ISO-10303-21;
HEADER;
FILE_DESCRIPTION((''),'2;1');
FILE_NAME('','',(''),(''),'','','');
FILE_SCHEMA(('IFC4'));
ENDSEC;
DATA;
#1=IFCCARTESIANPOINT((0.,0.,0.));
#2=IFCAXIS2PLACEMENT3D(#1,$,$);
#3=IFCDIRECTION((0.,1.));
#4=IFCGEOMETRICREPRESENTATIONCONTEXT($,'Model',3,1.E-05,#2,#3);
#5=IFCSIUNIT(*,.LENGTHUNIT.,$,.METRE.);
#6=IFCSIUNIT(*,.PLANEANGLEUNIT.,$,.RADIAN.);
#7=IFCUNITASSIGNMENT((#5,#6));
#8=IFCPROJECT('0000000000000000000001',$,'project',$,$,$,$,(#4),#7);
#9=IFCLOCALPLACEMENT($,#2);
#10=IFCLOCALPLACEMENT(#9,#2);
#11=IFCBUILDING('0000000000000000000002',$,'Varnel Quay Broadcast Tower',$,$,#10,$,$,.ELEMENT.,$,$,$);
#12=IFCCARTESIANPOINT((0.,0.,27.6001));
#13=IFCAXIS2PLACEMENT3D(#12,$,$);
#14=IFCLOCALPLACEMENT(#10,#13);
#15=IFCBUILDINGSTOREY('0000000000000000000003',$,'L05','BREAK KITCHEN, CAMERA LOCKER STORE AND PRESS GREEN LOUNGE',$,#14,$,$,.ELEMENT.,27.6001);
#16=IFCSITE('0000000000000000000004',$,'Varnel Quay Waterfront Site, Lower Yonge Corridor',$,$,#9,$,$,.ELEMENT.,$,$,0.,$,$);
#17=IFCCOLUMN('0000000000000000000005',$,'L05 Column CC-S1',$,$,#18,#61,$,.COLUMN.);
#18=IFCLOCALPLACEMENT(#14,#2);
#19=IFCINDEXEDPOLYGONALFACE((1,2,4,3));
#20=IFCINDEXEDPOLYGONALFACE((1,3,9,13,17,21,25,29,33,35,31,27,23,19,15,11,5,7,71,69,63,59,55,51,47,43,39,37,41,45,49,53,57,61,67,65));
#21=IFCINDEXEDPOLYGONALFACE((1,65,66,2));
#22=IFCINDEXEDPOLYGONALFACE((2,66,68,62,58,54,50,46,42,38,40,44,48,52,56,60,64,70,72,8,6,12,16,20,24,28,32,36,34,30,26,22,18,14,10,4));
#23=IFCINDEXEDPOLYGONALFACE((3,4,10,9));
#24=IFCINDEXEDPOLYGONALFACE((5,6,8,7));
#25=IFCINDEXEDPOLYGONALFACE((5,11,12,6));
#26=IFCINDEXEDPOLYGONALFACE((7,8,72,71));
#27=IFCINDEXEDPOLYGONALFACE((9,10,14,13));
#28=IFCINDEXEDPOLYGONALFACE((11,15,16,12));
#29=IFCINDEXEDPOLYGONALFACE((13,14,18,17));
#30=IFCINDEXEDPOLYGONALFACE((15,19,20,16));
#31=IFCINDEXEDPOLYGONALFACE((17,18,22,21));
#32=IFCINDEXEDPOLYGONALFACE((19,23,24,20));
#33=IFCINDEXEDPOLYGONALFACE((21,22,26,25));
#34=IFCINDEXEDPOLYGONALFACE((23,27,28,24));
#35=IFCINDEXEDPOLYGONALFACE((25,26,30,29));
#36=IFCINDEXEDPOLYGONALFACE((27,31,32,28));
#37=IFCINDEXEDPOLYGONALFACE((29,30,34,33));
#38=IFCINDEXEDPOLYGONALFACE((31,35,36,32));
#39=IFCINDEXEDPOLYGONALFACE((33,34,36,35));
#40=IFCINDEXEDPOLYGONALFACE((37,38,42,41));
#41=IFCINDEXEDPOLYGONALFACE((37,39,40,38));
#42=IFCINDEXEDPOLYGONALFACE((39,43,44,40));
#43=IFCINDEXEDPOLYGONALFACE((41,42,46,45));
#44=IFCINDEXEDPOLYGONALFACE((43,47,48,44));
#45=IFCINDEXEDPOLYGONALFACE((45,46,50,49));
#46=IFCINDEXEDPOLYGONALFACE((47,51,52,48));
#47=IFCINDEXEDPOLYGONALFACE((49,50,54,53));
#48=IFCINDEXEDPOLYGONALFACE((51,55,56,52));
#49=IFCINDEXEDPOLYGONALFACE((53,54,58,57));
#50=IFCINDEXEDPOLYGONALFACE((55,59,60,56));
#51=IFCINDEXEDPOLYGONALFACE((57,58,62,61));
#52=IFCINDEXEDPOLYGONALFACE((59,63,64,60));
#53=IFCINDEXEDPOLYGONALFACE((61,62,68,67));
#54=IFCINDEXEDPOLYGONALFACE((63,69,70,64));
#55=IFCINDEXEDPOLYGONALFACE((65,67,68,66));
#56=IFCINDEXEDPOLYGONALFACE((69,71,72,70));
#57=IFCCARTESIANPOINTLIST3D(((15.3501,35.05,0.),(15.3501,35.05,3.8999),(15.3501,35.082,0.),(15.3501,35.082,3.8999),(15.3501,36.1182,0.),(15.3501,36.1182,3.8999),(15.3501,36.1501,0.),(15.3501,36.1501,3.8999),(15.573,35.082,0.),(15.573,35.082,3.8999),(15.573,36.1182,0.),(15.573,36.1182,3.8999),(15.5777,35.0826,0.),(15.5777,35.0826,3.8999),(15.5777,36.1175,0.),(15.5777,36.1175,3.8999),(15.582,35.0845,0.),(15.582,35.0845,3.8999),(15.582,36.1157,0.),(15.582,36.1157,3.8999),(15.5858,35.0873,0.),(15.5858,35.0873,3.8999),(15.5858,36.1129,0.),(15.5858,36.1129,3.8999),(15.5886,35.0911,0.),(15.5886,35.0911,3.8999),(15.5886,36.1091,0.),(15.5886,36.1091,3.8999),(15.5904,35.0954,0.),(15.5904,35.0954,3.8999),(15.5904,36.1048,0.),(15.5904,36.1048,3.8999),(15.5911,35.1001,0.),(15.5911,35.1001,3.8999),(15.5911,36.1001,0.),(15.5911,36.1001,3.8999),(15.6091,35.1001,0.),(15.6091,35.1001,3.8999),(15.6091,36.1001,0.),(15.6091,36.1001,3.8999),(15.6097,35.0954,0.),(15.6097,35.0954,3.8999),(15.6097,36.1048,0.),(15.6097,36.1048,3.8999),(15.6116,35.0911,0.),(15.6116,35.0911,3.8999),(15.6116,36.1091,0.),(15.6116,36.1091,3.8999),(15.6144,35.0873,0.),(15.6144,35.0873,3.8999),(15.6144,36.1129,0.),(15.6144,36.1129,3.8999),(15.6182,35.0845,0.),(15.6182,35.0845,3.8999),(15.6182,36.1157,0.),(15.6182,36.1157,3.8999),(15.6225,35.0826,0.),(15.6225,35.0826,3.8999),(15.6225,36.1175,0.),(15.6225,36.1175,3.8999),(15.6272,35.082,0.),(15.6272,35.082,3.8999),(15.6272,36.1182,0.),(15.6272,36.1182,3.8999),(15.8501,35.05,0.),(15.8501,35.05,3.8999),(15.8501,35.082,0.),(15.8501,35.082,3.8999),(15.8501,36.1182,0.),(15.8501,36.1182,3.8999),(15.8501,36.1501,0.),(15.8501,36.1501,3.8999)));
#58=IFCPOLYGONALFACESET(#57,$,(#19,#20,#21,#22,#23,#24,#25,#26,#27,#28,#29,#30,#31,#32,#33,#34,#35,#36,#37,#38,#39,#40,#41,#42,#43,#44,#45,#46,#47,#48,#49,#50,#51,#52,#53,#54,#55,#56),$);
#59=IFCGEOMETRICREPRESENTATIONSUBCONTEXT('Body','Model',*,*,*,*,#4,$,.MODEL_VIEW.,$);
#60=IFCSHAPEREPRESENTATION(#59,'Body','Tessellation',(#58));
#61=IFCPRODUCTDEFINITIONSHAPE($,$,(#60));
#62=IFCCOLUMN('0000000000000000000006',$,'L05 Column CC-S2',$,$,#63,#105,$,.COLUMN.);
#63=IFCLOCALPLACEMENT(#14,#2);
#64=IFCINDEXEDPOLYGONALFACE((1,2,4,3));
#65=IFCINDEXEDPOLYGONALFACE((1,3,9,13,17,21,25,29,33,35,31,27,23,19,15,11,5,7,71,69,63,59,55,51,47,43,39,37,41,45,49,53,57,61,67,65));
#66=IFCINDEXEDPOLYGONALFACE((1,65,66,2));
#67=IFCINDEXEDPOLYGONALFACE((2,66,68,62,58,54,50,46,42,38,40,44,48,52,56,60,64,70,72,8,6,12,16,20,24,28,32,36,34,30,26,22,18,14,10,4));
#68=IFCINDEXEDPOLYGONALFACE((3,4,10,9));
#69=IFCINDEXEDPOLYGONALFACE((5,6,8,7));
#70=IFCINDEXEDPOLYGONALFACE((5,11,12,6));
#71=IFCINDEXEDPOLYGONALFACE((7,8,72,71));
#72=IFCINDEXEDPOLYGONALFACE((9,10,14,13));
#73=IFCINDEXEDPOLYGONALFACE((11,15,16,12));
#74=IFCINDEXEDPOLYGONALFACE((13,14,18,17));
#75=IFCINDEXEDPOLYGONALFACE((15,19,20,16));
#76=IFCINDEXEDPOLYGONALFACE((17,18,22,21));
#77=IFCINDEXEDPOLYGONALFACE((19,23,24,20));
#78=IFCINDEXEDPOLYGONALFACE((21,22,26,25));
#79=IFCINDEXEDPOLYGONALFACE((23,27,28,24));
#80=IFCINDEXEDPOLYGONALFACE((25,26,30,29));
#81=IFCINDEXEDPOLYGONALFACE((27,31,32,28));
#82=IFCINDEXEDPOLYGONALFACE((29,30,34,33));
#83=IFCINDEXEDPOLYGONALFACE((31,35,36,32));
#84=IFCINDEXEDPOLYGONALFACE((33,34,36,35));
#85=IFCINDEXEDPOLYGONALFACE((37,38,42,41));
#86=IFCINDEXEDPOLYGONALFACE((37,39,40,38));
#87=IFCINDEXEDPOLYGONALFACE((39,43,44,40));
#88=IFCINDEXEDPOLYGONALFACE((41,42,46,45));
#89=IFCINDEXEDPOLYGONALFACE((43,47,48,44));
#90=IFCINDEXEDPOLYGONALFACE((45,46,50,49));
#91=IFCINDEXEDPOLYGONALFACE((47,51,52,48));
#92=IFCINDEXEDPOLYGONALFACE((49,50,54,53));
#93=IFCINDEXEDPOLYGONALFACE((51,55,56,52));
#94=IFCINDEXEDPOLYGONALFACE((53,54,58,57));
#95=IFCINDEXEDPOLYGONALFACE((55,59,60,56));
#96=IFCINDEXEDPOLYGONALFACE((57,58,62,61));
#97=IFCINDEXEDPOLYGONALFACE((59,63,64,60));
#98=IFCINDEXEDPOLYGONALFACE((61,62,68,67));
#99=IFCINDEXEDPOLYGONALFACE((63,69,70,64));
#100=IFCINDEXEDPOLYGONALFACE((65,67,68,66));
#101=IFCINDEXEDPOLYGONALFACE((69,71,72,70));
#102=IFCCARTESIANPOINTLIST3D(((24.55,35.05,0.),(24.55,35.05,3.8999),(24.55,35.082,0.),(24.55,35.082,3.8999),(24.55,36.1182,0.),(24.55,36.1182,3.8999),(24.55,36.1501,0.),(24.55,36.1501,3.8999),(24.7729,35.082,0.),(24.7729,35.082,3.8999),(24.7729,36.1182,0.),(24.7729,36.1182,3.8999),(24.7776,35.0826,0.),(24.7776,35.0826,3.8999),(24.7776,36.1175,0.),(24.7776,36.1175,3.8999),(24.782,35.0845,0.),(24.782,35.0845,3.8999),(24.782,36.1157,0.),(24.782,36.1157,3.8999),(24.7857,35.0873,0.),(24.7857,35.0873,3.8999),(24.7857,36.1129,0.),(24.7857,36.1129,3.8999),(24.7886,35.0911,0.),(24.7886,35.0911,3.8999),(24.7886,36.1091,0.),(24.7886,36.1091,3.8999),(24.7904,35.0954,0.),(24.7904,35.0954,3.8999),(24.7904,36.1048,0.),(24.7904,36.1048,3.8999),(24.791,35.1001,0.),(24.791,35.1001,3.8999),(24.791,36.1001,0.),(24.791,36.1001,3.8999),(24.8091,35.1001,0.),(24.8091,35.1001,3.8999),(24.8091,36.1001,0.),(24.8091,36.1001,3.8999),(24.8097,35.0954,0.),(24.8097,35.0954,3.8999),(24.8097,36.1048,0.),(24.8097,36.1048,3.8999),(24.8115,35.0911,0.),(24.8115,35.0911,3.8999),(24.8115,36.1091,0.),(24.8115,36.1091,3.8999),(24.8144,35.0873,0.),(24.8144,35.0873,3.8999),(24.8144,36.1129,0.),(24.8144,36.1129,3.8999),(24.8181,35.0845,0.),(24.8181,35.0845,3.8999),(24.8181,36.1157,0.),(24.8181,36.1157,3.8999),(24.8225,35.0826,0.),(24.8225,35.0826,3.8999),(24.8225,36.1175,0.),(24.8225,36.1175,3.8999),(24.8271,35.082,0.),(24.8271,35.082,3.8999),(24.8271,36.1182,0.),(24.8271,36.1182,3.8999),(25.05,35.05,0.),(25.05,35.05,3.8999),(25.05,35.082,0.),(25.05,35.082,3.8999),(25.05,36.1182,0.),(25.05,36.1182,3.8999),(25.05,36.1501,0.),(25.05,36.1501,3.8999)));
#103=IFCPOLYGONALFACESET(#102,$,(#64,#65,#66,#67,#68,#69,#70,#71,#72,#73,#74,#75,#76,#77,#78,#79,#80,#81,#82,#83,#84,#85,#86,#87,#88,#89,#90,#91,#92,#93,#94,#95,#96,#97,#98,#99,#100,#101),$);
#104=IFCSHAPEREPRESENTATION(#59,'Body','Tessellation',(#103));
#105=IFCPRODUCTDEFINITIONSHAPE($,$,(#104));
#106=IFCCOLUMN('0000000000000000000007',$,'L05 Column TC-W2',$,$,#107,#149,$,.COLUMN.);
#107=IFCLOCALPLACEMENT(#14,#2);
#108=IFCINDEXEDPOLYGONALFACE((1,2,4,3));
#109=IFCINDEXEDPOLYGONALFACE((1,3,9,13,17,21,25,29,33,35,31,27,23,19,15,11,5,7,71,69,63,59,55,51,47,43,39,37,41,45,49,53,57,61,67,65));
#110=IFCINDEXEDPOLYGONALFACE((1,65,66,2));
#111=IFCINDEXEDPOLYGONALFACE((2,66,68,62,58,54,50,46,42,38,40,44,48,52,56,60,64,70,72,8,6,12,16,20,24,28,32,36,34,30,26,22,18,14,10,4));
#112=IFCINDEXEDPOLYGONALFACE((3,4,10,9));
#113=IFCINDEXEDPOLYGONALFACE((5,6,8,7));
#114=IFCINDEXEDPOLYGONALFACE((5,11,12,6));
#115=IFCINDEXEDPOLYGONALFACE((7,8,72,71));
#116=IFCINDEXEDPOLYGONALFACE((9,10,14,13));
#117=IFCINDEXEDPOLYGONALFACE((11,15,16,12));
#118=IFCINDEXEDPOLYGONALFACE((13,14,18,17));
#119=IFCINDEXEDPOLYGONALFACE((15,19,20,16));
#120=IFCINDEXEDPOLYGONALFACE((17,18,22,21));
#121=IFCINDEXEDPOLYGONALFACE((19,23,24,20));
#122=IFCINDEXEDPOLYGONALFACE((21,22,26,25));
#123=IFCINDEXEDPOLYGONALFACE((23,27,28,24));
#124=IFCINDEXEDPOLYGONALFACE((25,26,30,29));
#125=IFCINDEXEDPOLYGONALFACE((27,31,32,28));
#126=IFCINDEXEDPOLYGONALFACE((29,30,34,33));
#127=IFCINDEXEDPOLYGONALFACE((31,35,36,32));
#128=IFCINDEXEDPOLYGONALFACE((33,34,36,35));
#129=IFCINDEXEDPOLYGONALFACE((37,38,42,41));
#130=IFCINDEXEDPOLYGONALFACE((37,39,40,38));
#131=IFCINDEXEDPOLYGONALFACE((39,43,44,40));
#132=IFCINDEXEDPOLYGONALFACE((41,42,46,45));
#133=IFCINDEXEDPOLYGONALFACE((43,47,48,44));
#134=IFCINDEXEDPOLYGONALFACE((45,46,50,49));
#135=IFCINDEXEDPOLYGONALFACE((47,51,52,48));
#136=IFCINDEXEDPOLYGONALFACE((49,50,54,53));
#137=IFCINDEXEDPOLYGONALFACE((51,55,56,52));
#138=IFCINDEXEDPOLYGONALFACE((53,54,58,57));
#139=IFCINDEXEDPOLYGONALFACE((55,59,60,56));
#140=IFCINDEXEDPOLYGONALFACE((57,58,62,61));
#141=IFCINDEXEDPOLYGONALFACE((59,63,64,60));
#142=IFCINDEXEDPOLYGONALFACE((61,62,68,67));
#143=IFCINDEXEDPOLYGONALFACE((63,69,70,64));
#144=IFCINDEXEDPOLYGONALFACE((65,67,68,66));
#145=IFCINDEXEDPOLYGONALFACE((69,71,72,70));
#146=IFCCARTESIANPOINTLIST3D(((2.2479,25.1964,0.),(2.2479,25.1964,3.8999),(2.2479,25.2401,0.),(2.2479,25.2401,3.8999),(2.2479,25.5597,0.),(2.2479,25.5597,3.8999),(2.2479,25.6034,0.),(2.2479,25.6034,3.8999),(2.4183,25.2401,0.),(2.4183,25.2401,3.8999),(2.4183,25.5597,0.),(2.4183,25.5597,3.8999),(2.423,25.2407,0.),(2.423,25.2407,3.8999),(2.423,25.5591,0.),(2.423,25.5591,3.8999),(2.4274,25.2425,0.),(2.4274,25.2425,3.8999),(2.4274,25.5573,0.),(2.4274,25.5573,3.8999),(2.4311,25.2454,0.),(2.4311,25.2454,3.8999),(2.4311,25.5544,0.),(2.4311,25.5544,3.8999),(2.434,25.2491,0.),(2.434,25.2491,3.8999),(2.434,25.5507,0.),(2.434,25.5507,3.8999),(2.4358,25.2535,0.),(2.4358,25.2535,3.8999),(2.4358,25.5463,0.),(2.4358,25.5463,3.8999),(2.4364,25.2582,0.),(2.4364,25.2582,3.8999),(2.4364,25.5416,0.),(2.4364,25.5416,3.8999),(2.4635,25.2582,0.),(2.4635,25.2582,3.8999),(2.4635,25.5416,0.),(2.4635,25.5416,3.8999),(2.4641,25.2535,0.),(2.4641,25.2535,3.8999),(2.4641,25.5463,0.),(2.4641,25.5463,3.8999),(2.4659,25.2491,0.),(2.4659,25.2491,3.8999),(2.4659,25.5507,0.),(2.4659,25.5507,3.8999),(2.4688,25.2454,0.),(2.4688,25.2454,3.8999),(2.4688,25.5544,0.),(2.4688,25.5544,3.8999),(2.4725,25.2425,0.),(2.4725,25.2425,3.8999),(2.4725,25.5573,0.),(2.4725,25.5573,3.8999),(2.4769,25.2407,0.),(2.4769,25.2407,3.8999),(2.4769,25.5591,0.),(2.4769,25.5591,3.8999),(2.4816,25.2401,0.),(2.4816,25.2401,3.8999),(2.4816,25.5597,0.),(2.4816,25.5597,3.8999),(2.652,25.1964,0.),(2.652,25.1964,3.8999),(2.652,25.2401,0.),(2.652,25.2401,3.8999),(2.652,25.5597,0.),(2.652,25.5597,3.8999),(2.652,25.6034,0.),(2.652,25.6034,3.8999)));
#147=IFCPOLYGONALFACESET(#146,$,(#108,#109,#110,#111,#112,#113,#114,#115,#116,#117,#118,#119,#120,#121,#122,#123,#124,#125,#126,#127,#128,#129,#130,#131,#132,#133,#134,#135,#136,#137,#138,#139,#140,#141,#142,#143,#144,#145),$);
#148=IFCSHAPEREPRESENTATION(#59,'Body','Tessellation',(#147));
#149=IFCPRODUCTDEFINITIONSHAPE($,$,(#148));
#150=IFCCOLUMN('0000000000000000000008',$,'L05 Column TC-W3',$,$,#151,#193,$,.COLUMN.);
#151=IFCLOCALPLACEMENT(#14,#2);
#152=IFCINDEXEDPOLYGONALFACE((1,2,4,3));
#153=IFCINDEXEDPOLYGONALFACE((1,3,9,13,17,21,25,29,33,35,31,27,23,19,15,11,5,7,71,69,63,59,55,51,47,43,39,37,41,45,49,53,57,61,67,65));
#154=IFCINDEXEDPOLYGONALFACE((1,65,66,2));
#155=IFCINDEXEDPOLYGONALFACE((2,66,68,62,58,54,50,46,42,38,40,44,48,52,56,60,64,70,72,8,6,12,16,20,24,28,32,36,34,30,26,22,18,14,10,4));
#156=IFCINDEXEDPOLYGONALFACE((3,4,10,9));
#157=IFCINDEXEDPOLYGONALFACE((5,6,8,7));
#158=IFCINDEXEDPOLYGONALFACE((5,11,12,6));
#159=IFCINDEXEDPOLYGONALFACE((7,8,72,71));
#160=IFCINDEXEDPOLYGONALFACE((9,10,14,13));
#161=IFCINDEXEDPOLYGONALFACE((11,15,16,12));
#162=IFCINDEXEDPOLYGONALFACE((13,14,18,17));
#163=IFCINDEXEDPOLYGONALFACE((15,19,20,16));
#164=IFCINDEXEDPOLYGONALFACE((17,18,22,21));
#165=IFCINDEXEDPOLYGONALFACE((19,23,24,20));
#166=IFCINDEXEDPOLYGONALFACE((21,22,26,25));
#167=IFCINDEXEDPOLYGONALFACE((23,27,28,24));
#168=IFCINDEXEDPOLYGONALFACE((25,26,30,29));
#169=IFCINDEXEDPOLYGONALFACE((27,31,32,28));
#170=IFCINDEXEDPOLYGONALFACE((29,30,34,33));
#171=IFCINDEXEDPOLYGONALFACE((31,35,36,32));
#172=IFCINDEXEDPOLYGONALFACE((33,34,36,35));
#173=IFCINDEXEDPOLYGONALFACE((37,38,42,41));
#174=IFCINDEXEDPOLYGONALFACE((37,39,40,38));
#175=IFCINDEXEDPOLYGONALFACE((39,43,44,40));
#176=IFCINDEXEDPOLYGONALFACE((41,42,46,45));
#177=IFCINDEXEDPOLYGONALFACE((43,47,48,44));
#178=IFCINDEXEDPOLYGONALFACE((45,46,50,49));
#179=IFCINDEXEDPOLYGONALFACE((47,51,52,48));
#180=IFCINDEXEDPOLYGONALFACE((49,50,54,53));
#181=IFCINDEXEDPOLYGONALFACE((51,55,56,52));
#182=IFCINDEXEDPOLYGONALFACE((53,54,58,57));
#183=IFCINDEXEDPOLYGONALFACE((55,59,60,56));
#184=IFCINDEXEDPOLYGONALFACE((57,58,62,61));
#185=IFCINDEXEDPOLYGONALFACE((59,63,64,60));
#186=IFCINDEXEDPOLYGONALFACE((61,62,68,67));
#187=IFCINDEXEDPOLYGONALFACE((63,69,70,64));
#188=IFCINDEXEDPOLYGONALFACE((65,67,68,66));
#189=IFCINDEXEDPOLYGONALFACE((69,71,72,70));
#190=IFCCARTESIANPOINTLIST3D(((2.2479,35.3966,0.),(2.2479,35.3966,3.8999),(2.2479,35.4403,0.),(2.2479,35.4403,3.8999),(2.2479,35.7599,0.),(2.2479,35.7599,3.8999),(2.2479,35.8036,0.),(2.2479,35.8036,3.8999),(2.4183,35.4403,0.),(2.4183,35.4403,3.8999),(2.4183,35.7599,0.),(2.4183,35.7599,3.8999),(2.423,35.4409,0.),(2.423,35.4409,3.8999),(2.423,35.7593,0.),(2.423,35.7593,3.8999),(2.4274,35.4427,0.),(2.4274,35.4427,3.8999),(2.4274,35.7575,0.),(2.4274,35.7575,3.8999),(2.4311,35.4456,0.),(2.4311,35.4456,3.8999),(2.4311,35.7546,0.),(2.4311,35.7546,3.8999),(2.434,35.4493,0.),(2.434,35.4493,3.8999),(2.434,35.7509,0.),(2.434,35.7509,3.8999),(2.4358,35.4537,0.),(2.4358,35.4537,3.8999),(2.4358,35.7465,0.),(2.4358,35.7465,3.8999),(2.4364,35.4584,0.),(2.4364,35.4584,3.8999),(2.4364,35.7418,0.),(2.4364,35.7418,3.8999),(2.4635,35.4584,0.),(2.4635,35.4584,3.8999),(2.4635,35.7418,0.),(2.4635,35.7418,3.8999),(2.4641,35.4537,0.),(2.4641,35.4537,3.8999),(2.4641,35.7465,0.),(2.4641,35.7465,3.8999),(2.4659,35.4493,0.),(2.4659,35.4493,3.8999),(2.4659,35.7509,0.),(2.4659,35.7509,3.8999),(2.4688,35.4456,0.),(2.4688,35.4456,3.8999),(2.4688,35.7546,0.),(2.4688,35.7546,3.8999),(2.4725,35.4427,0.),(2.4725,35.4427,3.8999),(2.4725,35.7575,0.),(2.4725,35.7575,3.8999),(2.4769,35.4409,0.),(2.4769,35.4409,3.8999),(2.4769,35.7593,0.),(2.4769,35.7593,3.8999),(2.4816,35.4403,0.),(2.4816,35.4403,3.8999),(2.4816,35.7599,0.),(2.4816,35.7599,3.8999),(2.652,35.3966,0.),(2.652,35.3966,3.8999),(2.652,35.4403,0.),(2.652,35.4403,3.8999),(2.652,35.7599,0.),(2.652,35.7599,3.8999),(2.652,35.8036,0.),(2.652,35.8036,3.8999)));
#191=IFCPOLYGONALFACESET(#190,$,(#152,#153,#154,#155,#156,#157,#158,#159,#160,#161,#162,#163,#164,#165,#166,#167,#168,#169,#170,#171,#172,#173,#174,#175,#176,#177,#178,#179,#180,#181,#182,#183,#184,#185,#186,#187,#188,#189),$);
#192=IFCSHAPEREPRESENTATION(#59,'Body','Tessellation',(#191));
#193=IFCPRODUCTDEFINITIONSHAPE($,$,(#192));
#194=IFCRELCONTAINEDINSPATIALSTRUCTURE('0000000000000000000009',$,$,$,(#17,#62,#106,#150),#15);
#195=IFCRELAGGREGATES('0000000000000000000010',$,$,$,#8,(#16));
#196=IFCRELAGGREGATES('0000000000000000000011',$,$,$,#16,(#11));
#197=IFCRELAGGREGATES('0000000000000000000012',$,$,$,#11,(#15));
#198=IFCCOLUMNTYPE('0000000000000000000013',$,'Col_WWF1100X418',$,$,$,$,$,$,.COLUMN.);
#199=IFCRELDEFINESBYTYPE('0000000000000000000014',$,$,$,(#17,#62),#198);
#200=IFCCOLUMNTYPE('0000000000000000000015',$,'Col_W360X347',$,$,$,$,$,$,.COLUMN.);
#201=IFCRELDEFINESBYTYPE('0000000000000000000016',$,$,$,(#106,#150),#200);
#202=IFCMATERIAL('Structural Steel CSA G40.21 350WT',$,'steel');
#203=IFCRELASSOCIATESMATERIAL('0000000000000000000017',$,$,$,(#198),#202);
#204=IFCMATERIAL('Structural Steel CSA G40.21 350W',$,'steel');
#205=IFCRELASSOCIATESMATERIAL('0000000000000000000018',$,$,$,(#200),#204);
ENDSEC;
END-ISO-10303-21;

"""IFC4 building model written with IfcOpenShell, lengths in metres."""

from ifc_helpers import new_model, si_unit, direction, frame, origin, origin_2d, place, context, subcontext, project, spatial, i_section, extrude, source, transform, mapped, material, material_profile, profile_set, type_object, type_shapes, element, save


model = new_model("IFC4")

# Units and contexts
model_context = context("Model", 3, precision=1e-05, world=origin(), true_north=direction((0.0, 1.0)))
body_context = subcontext(model_context, "Body", "Model", "MODEL_VIEW")
ifc_project = project(units=[si_unit("LENGTHUNIT", "METRE"), si_unit("PLANEANGLEUNIT", "RADIAN")], contexts=[model_context])

# Site, building, storey
site_placement = place(None, origin())
site = spatial("IfcSite", under=ifc_project, at=site_placement, Name="Varnel Quay Waterfront Site, Lower Yonge Corridor", CompositionType="ELEMENT", RefElevation=0.0)
building_placement = place(site_placement, origin())
building = spatial("IfcBuilding", under=site, at=building_placement, Name="Varnel Quay Broadcast Tower", CompositionType="ELEMENT")
storey_placement = place(building_placement, frame((0.0, 0.0, 27.6001)))
storey = spatial("IfcBuildingStorey", under=building, at=storey_placement, Name="L05", Description="BREAK KITCHEN, CAMERA LOCKER STORE AND PRESS GREEN LOUNGE", CompositionType="ELEMENT", Elevation=27.6001)

# Columns
ifc_material_1 = material(Name="Structural Steel CSA G40.21 350WT", Category="steel")
ifc_material_profile_1 = material_profile(ifc_material_1, i_section(OverallWidth=0.5, OverallDepth=1.1001, WebThickness=0.0181, FlangeThickness=0.032, FilletRadius=0.0181, at=origin_2d()), Name="WWF1100X418")
ifc_profile_set_1 = profile_set([ifc_material_profile_1], Name="Structural Steel CSA G40.21 350WT")
column_type_1 = type_object("IfcColumnType", Name="Col_WWF1100X418", PredefinedType="COLUMN", material=ifc_profile_set_1)
shared_shape_1 = source(origin(), body_context, "Body", "SweptSolid", [
    extrude(i_section(OverallWidth=0.5, OverallDepth=1.1001, WebThickness=0.0181, FlangeThickness=0.032, FilletRadius=0.0181, at=origin_2d()), origin(), (0.0, 0.0, 1.0), 3.8999),
])
type_shapes(column_type_1, [shared_shape_1])
for number, where, z_axis, x_axis, name in (
    (1, (15.6001, 35.6001, 0.0), (0.0, 0.0, 1.0), (1.0, 0.0, 0.0), "L05 Column CC-S1"),
    (2, (24.8, 35.6001, 0.0), (0.0, 0.0, 1.0), (1.0, 0.0, 0.0), "L05 Column CC-S2"),
):
    element("IfcColumn", number, at=place(storey_placement, frame(where, z_axis=z_axis, x_axis=x_axis)), inside=storey, type_object=column_type_1, Name=name, PredefinedType="COLUMN", context=body_context, shape_type="MappedRepresentation", body=[
        mapped(shared_shape_1, transform((0.0, 0.0, 0.0), x_axis=(1.0, 0.0, 0.0), y_axis=(0.0, 1.0, 0.0), z_axis=(0.0, 0.0, 1.0), scale=1.0)),
    ])
ifc_material_2 = material(Name="Structural Steel CSA G40.21 350W", Category="steel")
ifc_material_profile_2 = material_profile(ifc_material_2, i_section(OverallWidth=0.4041, OverallDepth=0.407, WebThickness=0.0271, FlangeThickness=0.0437, FilletRadius=0.0181, at=origin_2d()), Name="W360X347")
ifc_profile_set_2 = profile_set([ifc_material_profile_2], Name="Structural Steel CSA G40.21 350W")
column_type_2 = type_object("IfcColumnType", Name="Col_W360X347", PredefinedType="COLUMN", material=ifc_profile_set_2)
shared_shape_2 = source(origin(), body_context, "Body", "SweptSolid", [
    extrude(i_section(OverallWidth=0.4041, OverallDepth=0.407, WebThickness=0.0271, FlangeThickness=0.0437, FilletRadius=0.0181, at=origin_2d()), origin(), (0.0, 0.0, 1.0), 3.8999),
])
type_shapes(column_type_2, [shared_shape_2])
for number, where, z_axis, x_axis, name in (
    (3, (2.45, 25.3999, 0.0), (0.0, 0.0, 1.0), (1.0, 0.0, 0.0), "L05 Column TC-W2"),
    (4, (2.45, 35.6001, 0.0), (0.0, 0.0, 1.0), (1.0, 0.0, 0.0), "L05 Column TC-W3"),
):
    element("IfcColumn", number, at=place(storey_placement, frame(where, z_axis=z_axis, x_axis=x_axis)), inside=storey, type_object=column_type_2, Name=name, PredefinedType="COLUMN", context=body_context, shape_type="MappedRepresentation", body=[
        mapped(shared_shape_2, transform((0.0, 0.0, 0.0), x_axis=(1.0, 0.0, 0.0), y_axis=(0.0, 1.0, 0.0), z_axis=(0.0, 0.0, 1.0), scale=1.0)),
    ])

save(model, "model.ifc")
